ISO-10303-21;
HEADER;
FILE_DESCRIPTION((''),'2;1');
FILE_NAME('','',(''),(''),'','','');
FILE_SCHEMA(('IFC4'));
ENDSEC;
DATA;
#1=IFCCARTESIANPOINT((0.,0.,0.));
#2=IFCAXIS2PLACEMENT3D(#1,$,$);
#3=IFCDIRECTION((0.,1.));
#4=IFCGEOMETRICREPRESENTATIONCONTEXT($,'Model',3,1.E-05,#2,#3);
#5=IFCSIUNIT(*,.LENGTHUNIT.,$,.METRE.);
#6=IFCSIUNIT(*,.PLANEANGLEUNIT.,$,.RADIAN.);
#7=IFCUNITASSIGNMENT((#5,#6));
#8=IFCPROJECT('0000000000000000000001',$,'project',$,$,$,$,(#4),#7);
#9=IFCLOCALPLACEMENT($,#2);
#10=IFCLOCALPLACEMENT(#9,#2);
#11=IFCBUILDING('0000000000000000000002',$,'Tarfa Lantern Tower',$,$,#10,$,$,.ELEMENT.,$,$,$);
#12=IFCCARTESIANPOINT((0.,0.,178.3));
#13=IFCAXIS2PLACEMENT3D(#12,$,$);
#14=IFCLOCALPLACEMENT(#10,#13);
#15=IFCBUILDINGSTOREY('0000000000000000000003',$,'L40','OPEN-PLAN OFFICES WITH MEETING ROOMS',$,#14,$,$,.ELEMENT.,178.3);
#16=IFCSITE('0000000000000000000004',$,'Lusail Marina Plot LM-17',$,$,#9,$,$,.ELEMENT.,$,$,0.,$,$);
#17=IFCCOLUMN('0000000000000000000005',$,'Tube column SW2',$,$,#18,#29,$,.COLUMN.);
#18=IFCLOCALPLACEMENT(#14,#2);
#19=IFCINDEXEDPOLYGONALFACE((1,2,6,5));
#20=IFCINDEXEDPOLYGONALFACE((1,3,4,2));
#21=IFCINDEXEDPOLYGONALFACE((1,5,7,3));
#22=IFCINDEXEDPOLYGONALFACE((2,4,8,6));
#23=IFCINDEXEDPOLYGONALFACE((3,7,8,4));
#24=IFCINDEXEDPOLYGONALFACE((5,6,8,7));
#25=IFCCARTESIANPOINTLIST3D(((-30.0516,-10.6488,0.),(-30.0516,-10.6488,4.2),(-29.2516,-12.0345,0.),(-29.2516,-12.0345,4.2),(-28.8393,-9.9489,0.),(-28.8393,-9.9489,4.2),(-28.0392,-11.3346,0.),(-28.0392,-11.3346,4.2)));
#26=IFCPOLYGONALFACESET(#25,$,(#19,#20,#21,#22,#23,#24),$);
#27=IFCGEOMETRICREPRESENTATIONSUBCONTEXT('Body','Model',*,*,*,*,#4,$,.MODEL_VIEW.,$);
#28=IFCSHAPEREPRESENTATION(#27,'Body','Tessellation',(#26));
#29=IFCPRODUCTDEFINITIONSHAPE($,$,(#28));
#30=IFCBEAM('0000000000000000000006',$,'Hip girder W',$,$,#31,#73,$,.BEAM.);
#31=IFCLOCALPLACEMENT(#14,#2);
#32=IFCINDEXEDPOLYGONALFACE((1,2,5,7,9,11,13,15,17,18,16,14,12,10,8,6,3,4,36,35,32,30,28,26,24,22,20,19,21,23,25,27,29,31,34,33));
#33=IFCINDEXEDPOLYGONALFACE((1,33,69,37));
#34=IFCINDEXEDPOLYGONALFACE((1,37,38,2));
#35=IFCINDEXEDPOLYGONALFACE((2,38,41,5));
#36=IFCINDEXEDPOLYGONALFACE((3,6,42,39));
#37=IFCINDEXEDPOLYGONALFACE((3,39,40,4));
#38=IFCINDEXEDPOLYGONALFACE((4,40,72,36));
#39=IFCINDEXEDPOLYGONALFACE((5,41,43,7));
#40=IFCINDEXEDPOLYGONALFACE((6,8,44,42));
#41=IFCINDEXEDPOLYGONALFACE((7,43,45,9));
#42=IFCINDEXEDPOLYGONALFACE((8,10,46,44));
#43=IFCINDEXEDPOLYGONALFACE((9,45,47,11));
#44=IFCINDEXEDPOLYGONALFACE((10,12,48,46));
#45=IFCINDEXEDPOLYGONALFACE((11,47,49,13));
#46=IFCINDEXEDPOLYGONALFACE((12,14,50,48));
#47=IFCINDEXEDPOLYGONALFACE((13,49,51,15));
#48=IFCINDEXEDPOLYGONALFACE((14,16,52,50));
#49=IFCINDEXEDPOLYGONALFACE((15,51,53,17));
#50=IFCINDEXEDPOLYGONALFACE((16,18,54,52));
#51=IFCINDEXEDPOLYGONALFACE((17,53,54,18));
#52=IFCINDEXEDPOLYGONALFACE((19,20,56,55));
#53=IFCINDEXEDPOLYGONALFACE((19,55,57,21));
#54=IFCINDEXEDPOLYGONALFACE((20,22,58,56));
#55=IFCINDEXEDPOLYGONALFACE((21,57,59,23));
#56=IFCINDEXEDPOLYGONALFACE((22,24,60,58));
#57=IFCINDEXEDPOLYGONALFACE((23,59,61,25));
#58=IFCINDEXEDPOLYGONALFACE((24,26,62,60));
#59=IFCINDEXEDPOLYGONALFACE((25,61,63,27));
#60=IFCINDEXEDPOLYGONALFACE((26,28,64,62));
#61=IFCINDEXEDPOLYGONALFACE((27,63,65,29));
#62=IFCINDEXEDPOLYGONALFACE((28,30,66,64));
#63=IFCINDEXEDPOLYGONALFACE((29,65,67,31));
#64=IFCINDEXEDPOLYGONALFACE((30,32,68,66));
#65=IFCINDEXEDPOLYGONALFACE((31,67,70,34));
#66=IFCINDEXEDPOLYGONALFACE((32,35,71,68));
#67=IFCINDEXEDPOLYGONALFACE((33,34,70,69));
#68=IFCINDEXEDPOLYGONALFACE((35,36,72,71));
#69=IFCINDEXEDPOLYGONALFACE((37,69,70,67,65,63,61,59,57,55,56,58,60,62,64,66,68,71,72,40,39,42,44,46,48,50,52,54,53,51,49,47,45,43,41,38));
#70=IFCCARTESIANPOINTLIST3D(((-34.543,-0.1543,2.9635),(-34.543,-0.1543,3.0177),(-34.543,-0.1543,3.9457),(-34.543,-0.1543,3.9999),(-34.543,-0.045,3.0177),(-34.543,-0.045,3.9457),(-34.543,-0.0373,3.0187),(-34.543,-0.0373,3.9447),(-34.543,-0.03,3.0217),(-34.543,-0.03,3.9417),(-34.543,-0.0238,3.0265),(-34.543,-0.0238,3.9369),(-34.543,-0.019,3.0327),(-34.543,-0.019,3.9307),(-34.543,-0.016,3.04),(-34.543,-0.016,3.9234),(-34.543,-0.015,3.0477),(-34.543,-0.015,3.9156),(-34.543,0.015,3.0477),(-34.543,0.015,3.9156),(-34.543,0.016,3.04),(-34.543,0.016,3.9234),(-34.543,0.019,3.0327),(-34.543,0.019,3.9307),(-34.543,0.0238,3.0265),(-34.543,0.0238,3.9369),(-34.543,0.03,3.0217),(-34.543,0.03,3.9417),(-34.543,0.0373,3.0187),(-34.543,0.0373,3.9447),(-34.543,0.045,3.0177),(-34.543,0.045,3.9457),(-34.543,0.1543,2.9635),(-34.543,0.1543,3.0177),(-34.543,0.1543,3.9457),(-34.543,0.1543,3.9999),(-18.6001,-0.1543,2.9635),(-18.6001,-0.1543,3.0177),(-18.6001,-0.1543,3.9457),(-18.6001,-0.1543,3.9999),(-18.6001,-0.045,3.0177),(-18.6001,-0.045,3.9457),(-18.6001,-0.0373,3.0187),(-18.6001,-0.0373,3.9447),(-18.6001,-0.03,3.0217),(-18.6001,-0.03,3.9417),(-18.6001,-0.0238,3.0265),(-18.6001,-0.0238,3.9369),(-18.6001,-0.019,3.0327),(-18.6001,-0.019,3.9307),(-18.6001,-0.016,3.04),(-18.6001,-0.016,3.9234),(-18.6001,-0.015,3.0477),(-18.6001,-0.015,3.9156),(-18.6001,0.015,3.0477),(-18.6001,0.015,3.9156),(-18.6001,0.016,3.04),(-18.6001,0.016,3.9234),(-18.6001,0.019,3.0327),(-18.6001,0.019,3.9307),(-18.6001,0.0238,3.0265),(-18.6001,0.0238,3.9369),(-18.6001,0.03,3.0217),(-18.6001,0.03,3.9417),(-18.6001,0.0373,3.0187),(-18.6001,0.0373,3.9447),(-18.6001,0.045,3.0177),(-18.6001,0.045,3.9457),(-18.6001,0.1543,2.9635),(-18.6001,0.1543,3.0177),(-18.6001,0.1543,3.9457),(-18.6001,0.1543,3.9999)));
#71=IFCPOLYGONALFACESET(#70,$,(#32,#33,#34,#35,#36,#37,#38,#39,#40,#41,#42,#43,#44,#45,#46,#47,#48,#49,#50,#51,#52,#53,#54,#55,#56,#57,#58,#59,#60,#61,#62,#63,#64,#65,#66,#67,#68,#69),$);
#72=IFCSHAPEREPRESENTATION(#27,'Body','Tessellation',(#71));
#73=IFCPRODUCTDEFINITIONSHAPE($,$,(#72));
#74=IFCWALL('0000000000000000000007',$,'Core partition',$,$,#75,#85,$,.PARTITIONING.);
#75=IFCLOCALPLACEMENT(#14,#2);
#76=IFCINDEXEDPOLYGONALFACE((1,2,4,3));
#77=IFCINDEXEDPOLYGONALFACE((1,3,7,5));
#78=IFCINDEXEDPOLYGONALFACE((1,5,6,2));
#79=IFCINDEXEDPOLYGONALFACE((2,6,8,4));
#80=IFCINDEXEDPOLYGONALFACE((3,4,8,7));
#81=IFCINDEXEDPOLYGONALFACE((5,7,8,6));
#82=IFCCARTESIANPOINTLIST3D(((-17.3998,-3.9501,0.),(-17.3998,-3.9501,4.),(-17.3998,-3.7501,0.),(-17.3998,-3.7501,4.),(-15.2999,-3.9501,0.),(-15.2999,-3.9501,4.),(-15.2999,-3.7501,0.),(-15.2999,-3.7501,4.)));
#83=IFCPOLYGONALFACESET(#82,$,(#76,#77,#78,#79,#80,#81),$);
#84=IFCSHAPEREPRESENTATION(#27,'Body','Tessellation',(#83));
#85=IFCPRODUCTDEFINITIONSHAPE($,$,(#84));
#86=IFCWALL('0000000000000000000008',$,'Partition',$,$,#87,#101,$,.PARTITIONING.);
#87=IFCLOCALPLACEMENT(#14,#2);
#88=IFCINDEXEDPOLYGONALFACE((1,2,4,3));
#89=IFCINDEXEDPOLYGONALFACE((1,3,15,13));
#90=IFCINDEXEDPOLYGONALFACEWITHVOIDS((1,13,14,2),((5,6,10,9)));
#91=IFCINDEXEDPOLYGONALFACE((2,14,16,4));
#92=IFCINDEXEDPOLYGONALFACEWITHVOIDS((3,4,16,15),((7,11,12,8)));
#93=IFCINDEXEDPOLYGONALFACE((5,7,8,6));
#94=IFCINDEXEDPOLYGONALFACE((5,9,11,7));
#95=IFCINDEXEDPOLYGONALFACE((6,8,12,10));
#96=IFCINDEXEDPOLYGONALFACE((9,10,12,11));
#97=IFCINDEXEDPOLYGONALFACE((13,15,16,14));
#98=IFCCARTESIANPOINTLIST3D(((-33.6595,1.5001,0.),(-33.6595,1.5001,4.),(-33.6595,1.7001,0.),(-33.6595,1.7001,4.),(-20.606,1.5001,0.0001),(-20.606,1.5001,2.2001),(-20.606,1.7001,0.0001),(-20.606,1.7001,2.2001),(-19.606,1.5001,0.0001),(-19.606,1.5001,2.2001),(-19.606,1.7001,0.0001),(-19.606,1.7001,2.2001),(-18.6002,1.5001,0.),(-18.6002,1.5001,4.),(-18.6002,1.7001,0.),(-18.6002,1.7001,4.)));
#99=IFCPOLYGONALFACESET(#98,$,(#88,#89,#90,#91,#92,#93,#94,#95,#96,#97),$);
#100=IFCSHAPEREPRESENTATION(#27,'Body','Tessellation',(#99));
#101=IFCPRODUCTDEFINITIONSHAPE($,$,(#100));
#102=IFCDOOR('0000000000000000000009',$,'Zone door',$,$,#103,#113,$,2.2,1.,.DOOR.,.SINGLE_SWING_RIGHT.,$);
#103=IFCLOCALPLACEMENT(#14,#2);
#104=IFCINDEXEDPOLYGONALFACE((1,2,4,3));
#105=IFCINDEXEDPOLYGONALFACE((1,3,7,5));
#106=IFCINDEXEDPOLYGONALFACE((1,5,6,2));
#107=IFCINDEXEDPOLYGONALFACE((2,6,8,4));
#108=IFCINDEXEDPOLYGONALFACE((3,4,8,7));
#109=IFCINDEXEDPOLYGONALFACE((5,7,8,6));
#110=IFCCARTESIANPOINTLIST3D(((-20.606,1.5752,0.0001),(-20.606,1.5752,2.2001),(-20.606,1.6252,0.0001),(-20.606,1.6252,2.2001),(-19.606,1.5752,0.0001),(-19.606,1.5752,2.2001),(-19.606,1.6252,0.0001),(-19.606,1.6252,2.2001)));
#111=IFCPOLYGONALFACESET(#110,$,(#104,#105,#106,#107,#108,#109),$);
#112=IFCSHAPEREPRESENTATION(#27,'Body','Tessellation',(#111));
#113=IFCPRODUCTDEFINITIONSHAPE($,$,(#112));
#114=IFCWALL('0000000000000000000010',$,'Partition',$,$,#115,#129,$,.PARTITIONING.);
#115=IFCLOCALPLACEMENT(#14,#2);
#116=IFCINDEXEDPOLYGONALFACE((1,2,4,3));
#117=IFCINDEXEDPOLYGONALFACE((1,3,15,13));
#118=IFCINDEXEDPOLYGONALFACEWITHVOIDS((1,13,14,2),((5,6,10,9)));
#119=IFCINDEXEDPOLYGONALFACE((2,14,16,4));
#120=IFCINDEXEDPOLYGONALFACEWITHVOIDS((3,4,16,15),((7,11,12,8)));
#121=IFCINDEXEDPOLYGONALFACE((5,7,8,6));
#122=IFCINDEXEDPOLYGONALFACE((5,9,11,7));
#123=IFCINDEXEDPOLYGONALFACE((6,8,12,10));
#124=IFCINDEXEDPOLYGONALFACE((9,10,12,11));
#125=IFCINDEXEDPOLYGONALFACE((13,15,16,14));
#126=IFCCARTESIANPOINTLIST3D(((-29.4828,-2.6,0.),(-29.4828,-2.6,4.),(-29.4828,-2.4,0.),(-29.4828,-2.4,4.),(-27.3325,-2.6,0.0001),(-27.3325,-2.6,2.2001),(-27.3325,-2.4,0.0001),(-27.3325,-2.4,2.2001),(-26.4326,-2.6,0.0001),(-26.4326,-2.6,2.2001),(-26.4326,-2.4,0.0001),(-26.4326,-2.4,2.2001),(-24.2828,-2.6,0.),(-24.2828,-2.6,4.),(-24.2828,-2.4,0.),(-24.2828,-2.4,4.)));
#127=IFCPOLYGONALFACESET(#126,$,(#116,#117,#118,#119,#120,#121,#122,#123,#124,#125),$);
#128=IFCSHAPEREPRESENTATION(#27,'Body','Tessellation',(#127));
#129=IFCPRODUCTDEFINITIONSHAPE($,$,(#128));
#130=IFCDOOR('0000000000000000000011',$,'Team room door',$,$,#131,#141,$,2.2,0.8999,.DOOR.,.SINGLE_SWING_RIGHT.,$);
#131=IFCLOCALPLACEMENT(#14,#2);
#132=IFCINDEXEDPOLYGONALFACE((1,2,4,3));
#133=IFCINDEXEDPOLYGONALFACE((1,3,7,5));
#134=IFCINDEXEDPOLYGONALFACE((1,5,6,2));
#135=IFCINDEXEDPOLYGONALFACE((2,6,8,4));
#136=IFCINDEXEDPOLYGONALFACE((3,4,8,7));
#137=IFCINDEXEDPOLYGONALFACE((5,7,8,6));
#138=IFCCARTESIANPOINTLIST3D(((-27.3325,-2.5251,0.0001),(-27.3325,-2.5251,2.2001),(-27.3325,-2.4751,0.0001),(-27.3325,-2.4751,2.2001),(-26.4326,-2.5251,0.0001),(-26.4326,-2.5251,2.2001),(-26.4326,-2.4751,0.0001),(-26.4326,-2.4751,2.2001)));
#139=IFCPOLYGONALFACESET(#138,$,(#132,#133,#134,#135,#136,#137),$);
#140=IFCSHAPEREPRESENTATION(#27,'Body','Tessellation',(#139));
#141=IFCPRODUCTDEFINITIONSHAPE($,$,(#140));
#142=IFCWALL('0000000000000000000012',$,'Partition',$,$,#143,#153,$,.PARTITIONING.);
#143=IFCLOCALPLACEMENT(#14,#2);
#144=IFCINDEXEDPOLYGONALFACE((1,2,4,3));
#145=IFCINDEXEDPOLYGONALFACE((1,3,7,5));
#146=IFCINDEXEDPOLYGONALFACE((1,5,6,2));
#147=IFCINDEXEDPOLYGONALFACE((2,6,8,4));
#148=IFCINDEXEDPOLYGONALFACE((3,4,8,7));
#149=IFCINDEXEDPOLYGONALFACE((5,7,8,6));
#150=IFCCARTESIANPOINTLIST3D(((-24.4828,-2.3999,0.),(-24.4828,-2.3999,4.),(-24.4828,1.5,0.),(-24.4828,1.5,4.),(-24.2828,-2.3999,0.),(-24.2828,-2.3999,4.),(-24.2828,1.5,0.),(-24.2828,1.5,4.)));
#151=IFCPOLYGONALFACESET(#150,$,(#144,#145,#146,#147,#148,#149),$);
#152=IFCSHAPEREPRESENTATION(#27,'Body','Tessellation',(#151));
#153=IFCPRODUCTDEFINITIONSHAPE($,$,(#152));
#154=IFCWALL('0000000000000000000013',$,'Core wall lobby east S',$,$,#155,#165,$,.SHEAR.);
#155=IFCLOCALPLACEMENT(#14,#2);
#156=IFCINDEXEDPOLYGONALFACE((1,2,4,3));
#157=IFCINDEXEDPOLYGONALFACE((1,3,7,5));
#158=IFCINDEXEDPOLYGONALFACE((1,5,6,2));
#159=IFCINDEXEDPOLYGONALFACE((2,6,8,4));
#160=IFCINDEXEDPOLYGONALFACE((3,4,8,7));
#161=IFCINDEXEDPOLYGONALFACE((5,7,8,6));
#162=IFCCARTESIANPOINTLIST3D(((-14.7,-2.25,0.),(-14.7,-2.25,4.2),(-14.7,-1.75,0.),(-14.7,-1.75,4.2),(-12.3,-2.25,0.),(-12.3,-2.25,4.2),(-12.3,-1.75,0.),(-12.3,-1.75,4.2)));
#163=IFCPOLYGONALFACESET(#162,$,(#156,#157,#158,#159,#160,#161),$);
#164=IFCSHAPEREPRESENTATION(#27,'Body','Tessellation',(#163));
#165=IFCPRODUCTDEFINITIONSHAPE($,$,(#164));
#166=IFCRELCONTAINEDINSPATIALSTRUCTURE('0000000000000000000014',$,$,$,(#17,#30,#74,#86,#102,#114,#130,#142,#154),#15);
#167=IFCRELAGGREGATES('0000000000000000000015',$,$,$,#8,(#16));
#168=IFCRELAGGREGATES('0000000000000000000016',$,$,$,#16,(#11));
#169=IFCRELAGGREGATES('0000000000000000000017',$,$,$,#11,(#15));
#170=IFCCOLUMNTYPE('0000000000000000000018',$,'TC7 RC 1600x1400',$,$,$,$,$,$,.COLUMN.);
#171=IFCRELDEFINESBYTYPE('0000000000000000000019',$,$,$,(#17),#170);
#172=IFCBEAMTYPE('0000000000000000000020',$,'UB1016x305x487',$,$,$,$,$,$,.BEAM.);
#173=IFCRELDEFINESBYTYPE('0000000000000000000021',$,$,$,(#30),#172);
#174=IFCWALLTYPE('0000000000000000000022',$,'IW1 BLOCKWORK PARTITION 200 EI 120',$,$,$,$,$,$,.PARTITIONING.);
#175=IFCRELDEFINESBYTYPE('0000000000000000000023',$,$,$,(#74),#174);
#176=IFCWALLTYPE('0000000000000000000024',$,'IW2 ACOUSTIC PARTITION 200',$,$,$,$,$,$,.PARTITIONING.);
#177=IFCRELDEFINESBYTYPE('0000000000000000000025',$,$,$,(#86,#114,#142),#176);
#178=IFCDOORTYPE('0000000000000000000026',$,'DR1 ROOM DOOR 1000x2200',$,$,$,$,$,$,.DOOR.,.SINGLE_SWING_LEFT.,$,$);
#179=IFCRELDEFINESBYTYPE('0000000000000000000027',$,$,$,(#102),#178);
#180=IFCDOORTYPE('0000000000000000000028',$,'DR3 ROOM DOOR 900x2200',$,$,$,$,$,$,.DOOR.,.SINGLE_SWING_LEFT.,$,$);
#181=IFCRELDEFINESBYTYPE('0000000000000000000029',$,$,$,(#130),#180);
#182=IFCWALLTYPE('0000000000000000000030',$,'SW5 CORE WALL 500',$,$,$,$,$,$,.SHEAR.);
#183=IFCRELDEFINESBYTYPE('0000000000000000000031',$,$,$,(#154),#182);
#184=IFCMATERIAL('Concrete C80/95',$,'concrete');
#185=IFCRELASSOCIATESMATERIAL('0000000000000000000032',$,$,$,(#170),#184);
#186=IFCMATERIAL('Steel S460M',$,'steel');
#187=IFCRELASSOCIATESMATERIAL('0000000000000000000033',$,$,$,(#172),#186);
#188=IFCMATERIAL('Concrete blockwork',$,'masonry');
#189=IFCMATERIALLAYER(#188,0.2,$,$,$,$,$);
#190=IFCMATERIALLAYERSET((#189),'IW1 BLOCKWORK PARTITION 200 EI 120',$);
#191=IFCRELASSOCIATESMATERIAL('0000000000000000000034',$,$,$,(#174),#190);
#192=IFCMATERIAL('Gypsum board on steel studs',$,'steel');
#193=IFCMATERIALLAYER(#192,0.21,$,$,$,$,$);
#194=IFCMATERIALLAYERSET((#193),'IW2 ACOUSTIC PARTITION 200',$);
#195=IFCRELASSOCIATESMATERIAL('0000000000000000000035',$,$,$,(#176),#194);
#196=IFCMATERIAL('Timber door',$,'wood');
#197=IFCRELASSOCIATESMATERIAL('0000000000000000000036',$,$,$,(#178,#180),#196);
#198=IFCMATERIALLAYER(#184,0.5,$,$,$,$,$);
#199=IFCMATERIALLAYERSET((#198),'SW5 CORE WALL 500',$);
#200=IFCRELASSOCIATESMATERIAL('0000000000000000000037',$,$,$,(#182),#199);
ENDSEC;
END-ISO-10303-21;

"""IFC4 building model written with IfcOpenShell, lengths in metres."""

from ifc_helpers import new_model, si_unit, direction, frame, frame_2d, origin, origin_2d, place, context, subcontext, project, spatial, rectangle, i_section, extrude, material, layer, layer_set, material_profile, profile_set, type_object, element, fill, save


model = new_model("IFC4")

# Units and contexts
model_context = context("Model", 3, precision=1e-05, world=origin(), true_north=direction((0.0, 1.0)))
body_context = subcontext(model_context, "Body", "Model", "MODEL_VIEW")
ifc_project = project(units=[si_unit("LENGTHUNIT", "METRE"), si_unit("PLANEANGLEUNIT", "RADIAN")], contexts=[model_context])

# Site, building, storey
site_placement = place(None, origin())
site = spatial("IfcSite", under=ifc_project, at=site_placement, Name="Lusail Marina Plot LM-17", CompositionType="ELEMENT", RefElevation=0.0)
building_placement = place(site_placement, origin())
building = spatial("IfcBuilding", under=site, at=building_placement, Name="Tarfa Lantern Tower", CompositionType="ELEMENT")
storey_placement = place(building_placement, frame((0.0, 0.0, 178.3)))
storey = spatial("IfcBuildingStorey", under=building, at=storey_placement, Name="L40", Description="OPEN-PLAN OFFICES WITH MEETING ROOMS", CompositionType="ELEMENT", Elevation=178.3)

# Column
ifc_material_1 = material(Name="Concrete C80/95", Category="concrete")
ifc_material_profile_1 = material_profile(ifc_material_1, rectangle(XDim=1.6001, YDim=1.3999, at=origin_2d()), Name="RC 1600x1400")
ifc_profile_set_1 = profile_set([ifc_material_profile_1], Name="Concrete C80/95")
column_type = type_object("IfcColumnType", Name="TC7 RC 1600x1400", PredefinedType="COLUMN", material=ifc_profile_set_1)
column_placement = place(storey_placement, frame((-29.0454, -10.9917, 0.0), z_axis=(0.0, 0.0, 1.0), x_axis=(0.5, -0.866025, 0.0)))
element("IfcColumn", 1, at=column_placement, inside=storey, type_object=column_type, Name="Tube column SW2", PredefinedType="COLUMN", context=body_context, shape_type="SweptSolid", body=[
    extrude(rectangle(XDim=1.6001, YDim=1.3999, at=origin_2d()), origin(), (0.0, 0.0, 1.0), 4.2),
])

# Beam
ifc_material_2 = material(Name="Steel S460M", Category="steel")
ifc_material_profile_2 = material_profile(ifc_material_2, i_section(OverallWidth=0.3086, OverallDepth=1.0364, WebThickness=0.03, FlangeThickness=0.0542, FilletRadius=0.03, at=origin_2d()), Name="UB1016x305x487")
ifc_profile_set_2 = profile_set([ifc_material_profile_2], Name="Steel S460M")
beam_type = type_object("IfcBeamType", Name="UB1016x305x487", PredefinedType="BEAM", material=ifc_profile_set_2)
beam_placement = place(storey_placement, frame((-18.6001, 0.0, 3.4817), z_axis=(-1.0, 0.0, 0.0), x_axis=(0.0, -1.0, 0.0)))
element("IfcBeam", 2, at=beam_placement, inside=storey, type_object=beam_type, Name="Hip girder W", PredefinedType="BEAM", context=body_context, shape_type="SweptSolid", body=[
    extrude(i_section(OverallWidth=0.3086, OverallDepth=1.0364, WebThickness=0.03, FlangeThickness=0.0542, FilletRadius=0.03, at=origin_2d()), origin(), (0.0, 0.0, 1.0), 15.9429),
])

# Wall
ifc_material_3 = material(Name="Concrete blockwork", Category="masonry")
ifc_layer_1 = layer(ifc_material_3, 0.2)
ifc_layer_set_1 = layer_set([ifc_layer_1], Name="IW1 BLOCKWORK PARTITION 200 EI 120")
wall_type_1 = type_object("IfcWallType", Name="IW1 BLOCKWORK PARTITION 200 EI 120", PredefinedType="PARTITIONING", material=ifc_layer_set_1)
wall_1_placement = place(storey_placement, frame((-15.3, -3.8501, 0.0), z_axis=(0.0, 0.0, 1.0), x_axis=(-1.0, 0.0, 0.0)))
element("IfcWall", 3, at=wall_1_placement, inside=storey, type_object=wall_type_1, Name="Core partition", PredefinedType="PARTITIONING", context=body_context, shape_type="SweptSolid", body=[
    extrude(rectangle(XDim=2.0999, YDim=0.2, at=frame_2d((1.0498, 0.0))), origin(), (0.0, 0.0, 1.0), 4.0),
])

# Walls, openings, doors
ifc_material_4 = material(Name="Gypsum board on steel studs", Category="steel")
ifc_layer_2 = layer(ifc_material_4, 0.21)
ifc_layer_set_2 = layer_set([ifc_layer_2], Name="IW2 ACOUSTIC PARTITION 200")
wall_type_2 = type_object("IfcWallType", Name="IW2 ACOUSTIC PARTITION 200", PredefinedType="PARTITIONING", material=ifc_layer_set_2)
wall_2_placement = place(storey_placement, frame((-18.6001, 1.6001, 0.0), z_axis=(0.0, 0.0, 1.0), x_axis=(-1.0, 0.0, 0.0)))
wall_2 = element("IfcWall", 4, at=wall_2_placement, inside=storey, type_object=wall_type_2, Name="Partition", PredefinedType="PARTITIONING", context=body_context, shape_type="SweptSolid", body=[
    extrude(rectangle(XDim=15.0593, YDim=0.2, at=frame_2d((7.5298, 0.0))), origin(), (0.0, 0.0, 1.0), 4.0),
])
opening_1_placement = place(wall_2_placement, frame((1.0059, 0.0, 0.0)))
opening_1 = element("IfcOpeningElement", 5, at=opening_1_placement, cuts=wall_2, PredefinedType="OPENING", context=body_context, shape_type="SweptSolid", body=[
    extrude(rectangle(XDim=1.0, YDim=2.2, at=frame_2d((0.5, 1.1001))), frame((0.0, 0.1099, 0.0), z_axis=(0.0, -1.0, 0.0), x_axis=(1.0, 0.0, 0.0)), (0.0, 0.0, 1.0), 0.22),
])
ifc_material_5 = material(Name="Timber door", Category="wood")
door_type_1 = type_object("IfcDoorType", Name="DR1 ROOM DOOR 1000x2200", OperationType="SINGLE_SWING_LEFT", PredefinedType="DOOR", material=ifc_material_5)
door_1_placement = place(opening_1_placement, origin())
door_1 = element("IfcDoor", 6, at=door_1_placement, inside=storey, type_object=door_type_1, Name="Zone door", OperationType="SINGLE_SWING_RIGHT", OverallHeight=2.2, OverallWidth=1.0, PredefinedType="DOOR", context=body_context, shape_type="SweptSolid", body=[
    extrude(rectangle(XDim=1.0, YDim=2.2, at=frame_2d((0.5, 1.1001))), frame((0.0, 0.0249, 0.0), z_axis=(0.0, -1.0, 0.0), x_axis=(1.0, 0.0, 0.0)), (0.0, 0.0, 1.0), 0.05),
])
fill(opening_1, door_1)
wall_3_placement = place(storey_placement, frame((-24.2827, -2.5, 0.0), z_axis=(0.0, 0.0, 1.0), x_axis=(-1.0, 0.0, 0.0)))
wall_3 = element("IfcWall", 7, at=wall_3_placement, inside=storey, type_object=wall_type_2, Name="Partition", PredefinedType="PARTITIONING", context=body_context, shape_type="SweptSolid", body=[
    extrude(rectangle(XDim=5.2, YDim=0.2, at=frame_2d((2.6001, 0.0))), origin(), (0.0, 0.0, 1.0), 4.0),
])
opening_2_placement = place(wall_3_placement, frame((2.1499, 0.0, 0.0)))
opening_2 = element("IfcOpeningElement", 8, at=opening_2_placement, cuts=wall_3, PredefinedType="OPENING", context=body_context, shape_type="SweptSolid", body=[
    extrude(rectangle(XDim=0.8999, YDim=2.2, at=frame_2d((0.45, 1.1001))), frame((0.0, 0.1099, 0.0), z_axis=(0.0, -1.0, 0.0), x_axis=(1.0, 0.0, 0.0)), (0.0, 0.0, 1.0), 0.22),
])
door_type_2 = type_object("IfcDoorType", Name="DR3 ROOM DOOR 900x2200", OperationType="SINGLE_SWING_LEFT", PredefinedType="DOOR", material=ifc_material_5)
door_2_placement = place(opening_2_placement, frame((0.8999, 0.0, 0.0), z_axis=(0.0, 0.0, 1.0), x_axis=(-1.0, 0.0, 0.0)))
door_2 = element("IfcDoor", 9, at=door_2_placement, inside=storey, type_object=door_type_2, Name="Team room door", OperationType="SINGLE_SWING_RIGHT", OverallHeight=2.2, OverallWidth=0.8999, PredefinedType="DOOR", context=body_context, shape_type="SweptSolid", body=[
    extrude(rectangle(XDim=0.8999, YDim=2.2, at=frame_2d((0.45, 1.1001))), frame((0.0, 0.0249, 0.0), z_axis=(0.0, -1.0, 0.0), x_axis=(1.0, 0.0, 0.0)), (0.0, 0.0, 1.0), 0.05),
])
fill(opening_2, door_2)

# Walls
wall_4_placement = place(storey_placement, frame((-24.3828, 1.5, 0.0), z_axis=(0.0, 0.0, 1.0), x_axis=(0.0, -1.0, 0.0)))
element("IfcWall", 10, at=wall_4_placement, inside=storey, type_object=wall_type_2, Name="Partition", PredefinedType="PARTITIONING", context=body_context, shape_type="SweptSolid", body=[
    extrude(rectangle(XDim=3.8999, YDim=0.2, at=frame_2d((1.95, 0.0))), origin(), (0.0, 0.0, 1.0), 4.0),
])
ifc_layer_3 = layer(ifc_material_1, 0.5)
ifc_layer_set_3 = layer_set([ifc_layer_3], Name="SW5 CORE WALL 500")
wall_type_3 = type_object("IfcWallType", Name="SW5 CORE WALL 500", PredefinedType="SHEAR", material=ifc_layer_set_3)
wall_5_placement = place(storey_placement, frame((-12.3, -2.0, 0.0), z_axis=(0.0, 0.0, 1.0), x_axis=(-1.0, 0.0, 0.0)))
element("IfcWall", 11, at=wall_5_placement, inside=storey, type_object=wall_type_3, Name="Core wall lobby east S", PredefinedType="SHEAR", context=body_context, shape_type="SweptSolid", body=[
    extrude(rectangle(XDim=2.3999, YDim=0.5, at=frame_2d((1.2, 0.0))), origin(), (0.0, 0.0, 1.0), 4.2),
])

save(model, "model.ifc")
